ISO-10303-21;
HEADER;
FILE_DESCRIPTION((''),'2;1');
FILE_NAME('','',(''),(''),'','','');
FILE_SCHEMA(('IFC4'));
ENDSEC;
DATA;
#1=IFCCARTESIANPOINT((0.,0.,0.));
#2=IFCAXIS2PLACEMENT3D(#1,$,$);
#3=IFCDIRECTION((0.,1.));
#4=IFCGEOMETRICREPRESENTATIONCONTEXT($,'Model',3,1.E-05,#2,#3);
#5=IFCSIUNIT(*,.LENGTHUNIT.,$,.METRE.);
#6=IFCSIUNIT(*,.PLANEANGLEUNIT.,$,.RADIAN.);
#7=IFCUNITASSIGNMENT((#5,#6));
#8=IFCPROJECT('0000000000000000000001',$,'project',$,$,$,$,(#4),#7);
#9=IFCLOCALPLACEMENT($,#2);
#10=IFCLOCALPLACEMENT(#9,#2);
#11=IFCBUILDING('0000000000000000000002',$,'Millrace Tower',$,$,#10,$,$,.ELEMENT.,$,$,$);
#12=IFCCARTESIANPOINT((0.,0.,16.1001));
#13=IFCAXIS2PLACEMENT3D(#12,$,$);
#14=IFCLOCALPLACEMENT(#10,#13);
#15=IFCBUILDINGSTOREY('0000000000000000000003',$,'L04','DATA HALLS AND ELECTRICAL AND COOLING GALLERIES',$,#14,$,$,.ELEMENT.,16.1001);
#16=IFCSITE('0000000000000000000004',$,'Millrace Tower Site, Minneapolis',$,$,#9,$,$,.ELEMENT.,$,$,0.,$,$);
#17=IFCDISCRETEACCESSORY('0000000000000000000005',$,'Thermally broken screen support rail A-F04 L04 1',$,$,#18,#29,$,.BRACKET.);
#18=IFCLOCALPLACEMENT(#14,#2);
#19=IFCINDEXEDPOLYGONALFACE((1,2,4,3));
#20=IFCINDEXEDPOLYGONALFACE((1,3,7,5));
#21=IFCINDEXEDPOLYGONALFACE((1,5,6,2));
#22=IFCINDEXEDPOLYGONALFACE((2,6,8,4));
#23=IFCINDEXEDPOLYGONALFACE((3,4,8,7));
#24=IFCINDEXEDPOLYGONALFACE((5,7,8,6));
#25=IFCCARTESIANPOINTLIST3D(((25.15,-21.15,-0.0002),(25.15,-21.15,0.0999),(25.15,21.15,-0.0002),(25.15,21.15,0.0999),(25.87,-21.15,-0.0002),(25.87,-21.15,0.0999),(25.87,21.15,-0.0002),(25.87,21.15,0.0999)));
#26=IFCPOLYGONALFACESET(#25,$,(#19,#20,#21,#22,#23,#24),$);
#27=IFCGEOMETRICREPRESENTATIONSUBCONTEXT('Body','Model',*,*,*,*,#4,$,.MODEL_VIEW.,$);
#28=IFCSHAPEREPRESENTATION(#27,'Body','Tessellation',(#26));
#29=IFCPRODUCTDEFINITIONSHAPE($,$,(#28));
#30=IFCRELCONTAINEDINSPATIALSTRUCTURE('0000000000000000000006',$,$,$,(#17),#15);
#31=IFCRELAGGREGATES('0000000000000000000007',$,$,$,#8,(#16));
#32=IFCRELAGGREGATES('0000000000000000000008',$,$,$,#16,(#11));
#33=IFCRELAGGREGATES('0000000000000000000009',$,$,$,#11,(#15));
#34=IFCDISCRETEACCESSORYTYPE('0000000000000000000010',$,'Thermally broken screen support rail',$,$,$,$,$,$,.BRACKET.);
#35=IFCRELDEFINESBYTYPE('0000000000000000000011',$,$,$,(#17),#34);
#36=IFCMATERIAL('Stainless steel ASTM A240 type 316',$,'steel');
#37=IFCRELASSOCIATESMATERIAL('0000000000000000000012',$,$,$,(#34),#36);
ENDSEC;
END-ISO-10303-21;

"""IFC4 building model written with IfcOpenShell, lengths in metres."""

from ifc_helpers import new_model, si_unit, direction, frame, origin, origin_2d, place, context, subcontext, project, spatial, rectangle, extrude, material, type_object, element, save


model = new_model("IFC4")

# Units and contexts
model_context = context("Model", 3, precision=1e-05, world=origin(), true_north=direction((0.0, 1.0)))
body_context = subcontext(model_context, "Body", "Model", "MODEL_VIEW")
ifc_project = project(units=[si_unit("LENGTHUNIT", "METRE"), si_unit("PLANEANGLEUNIT", "RADIAN")], contexts=[model_context])

# Site, building, storey
site_placement = place(None, origin())
site = spatial("IfcSite", under=ifc_project, at=site_placement, Name="Millrace Tower Site, Minneapolis", CompositionType="ELEMENT", RefElevation=0.0)
building_placement = place(site_placement, origin())
building = spatial("IfcBuilding", under=site, at=building_placement, Name="Millrace Tower", CompositionType="ELEMENT")
storey_placement = place(building_placement, frame((0.0, 0.0, 16.1001)))
storey = spatial("IfcBuildingStorey", under=building, at=storey_placement, Name="L04", Description="DATA HALLS AND ELECTRICAL AND COOLING GALLERIES", CompositionType="ELEMENT", Elevation=16.1001)

# Discrete accessory
ifc_material_1 = material(Name="Stainless steel ASTM A240 type 316", Category="steel")
discrete_accessory_type = type_object("IfcDiscreteAccessoryType", Name="Thermally broken screen support rail", PredefinedType="BRACKET", material=ifc_material_1)
discrete_accessory_placement = place(storey_placement, frame((25.51, 0.0, -0.0002), z_axis=(0.0, 0.0, 1.0), x_axis=(0.0, 1.0, 0.0)))
element("IfcDiscreteAccessory", 1, at=discrete_accessory_placement, inside=storey, type_object=discrete_accessory_type, Name="Thermally broken screen support rail A-F04 L04 1", PredefinedType="BRACKET", context=body_context, shape_type="SweptSolid", body=[
    extrude(rectangle(XDim=42.3, YDim=0.72, at=origin_2d()), origin(), (0.0, 0.0, 1.0), 0.1001),
])

save(model, "model.ifc")
